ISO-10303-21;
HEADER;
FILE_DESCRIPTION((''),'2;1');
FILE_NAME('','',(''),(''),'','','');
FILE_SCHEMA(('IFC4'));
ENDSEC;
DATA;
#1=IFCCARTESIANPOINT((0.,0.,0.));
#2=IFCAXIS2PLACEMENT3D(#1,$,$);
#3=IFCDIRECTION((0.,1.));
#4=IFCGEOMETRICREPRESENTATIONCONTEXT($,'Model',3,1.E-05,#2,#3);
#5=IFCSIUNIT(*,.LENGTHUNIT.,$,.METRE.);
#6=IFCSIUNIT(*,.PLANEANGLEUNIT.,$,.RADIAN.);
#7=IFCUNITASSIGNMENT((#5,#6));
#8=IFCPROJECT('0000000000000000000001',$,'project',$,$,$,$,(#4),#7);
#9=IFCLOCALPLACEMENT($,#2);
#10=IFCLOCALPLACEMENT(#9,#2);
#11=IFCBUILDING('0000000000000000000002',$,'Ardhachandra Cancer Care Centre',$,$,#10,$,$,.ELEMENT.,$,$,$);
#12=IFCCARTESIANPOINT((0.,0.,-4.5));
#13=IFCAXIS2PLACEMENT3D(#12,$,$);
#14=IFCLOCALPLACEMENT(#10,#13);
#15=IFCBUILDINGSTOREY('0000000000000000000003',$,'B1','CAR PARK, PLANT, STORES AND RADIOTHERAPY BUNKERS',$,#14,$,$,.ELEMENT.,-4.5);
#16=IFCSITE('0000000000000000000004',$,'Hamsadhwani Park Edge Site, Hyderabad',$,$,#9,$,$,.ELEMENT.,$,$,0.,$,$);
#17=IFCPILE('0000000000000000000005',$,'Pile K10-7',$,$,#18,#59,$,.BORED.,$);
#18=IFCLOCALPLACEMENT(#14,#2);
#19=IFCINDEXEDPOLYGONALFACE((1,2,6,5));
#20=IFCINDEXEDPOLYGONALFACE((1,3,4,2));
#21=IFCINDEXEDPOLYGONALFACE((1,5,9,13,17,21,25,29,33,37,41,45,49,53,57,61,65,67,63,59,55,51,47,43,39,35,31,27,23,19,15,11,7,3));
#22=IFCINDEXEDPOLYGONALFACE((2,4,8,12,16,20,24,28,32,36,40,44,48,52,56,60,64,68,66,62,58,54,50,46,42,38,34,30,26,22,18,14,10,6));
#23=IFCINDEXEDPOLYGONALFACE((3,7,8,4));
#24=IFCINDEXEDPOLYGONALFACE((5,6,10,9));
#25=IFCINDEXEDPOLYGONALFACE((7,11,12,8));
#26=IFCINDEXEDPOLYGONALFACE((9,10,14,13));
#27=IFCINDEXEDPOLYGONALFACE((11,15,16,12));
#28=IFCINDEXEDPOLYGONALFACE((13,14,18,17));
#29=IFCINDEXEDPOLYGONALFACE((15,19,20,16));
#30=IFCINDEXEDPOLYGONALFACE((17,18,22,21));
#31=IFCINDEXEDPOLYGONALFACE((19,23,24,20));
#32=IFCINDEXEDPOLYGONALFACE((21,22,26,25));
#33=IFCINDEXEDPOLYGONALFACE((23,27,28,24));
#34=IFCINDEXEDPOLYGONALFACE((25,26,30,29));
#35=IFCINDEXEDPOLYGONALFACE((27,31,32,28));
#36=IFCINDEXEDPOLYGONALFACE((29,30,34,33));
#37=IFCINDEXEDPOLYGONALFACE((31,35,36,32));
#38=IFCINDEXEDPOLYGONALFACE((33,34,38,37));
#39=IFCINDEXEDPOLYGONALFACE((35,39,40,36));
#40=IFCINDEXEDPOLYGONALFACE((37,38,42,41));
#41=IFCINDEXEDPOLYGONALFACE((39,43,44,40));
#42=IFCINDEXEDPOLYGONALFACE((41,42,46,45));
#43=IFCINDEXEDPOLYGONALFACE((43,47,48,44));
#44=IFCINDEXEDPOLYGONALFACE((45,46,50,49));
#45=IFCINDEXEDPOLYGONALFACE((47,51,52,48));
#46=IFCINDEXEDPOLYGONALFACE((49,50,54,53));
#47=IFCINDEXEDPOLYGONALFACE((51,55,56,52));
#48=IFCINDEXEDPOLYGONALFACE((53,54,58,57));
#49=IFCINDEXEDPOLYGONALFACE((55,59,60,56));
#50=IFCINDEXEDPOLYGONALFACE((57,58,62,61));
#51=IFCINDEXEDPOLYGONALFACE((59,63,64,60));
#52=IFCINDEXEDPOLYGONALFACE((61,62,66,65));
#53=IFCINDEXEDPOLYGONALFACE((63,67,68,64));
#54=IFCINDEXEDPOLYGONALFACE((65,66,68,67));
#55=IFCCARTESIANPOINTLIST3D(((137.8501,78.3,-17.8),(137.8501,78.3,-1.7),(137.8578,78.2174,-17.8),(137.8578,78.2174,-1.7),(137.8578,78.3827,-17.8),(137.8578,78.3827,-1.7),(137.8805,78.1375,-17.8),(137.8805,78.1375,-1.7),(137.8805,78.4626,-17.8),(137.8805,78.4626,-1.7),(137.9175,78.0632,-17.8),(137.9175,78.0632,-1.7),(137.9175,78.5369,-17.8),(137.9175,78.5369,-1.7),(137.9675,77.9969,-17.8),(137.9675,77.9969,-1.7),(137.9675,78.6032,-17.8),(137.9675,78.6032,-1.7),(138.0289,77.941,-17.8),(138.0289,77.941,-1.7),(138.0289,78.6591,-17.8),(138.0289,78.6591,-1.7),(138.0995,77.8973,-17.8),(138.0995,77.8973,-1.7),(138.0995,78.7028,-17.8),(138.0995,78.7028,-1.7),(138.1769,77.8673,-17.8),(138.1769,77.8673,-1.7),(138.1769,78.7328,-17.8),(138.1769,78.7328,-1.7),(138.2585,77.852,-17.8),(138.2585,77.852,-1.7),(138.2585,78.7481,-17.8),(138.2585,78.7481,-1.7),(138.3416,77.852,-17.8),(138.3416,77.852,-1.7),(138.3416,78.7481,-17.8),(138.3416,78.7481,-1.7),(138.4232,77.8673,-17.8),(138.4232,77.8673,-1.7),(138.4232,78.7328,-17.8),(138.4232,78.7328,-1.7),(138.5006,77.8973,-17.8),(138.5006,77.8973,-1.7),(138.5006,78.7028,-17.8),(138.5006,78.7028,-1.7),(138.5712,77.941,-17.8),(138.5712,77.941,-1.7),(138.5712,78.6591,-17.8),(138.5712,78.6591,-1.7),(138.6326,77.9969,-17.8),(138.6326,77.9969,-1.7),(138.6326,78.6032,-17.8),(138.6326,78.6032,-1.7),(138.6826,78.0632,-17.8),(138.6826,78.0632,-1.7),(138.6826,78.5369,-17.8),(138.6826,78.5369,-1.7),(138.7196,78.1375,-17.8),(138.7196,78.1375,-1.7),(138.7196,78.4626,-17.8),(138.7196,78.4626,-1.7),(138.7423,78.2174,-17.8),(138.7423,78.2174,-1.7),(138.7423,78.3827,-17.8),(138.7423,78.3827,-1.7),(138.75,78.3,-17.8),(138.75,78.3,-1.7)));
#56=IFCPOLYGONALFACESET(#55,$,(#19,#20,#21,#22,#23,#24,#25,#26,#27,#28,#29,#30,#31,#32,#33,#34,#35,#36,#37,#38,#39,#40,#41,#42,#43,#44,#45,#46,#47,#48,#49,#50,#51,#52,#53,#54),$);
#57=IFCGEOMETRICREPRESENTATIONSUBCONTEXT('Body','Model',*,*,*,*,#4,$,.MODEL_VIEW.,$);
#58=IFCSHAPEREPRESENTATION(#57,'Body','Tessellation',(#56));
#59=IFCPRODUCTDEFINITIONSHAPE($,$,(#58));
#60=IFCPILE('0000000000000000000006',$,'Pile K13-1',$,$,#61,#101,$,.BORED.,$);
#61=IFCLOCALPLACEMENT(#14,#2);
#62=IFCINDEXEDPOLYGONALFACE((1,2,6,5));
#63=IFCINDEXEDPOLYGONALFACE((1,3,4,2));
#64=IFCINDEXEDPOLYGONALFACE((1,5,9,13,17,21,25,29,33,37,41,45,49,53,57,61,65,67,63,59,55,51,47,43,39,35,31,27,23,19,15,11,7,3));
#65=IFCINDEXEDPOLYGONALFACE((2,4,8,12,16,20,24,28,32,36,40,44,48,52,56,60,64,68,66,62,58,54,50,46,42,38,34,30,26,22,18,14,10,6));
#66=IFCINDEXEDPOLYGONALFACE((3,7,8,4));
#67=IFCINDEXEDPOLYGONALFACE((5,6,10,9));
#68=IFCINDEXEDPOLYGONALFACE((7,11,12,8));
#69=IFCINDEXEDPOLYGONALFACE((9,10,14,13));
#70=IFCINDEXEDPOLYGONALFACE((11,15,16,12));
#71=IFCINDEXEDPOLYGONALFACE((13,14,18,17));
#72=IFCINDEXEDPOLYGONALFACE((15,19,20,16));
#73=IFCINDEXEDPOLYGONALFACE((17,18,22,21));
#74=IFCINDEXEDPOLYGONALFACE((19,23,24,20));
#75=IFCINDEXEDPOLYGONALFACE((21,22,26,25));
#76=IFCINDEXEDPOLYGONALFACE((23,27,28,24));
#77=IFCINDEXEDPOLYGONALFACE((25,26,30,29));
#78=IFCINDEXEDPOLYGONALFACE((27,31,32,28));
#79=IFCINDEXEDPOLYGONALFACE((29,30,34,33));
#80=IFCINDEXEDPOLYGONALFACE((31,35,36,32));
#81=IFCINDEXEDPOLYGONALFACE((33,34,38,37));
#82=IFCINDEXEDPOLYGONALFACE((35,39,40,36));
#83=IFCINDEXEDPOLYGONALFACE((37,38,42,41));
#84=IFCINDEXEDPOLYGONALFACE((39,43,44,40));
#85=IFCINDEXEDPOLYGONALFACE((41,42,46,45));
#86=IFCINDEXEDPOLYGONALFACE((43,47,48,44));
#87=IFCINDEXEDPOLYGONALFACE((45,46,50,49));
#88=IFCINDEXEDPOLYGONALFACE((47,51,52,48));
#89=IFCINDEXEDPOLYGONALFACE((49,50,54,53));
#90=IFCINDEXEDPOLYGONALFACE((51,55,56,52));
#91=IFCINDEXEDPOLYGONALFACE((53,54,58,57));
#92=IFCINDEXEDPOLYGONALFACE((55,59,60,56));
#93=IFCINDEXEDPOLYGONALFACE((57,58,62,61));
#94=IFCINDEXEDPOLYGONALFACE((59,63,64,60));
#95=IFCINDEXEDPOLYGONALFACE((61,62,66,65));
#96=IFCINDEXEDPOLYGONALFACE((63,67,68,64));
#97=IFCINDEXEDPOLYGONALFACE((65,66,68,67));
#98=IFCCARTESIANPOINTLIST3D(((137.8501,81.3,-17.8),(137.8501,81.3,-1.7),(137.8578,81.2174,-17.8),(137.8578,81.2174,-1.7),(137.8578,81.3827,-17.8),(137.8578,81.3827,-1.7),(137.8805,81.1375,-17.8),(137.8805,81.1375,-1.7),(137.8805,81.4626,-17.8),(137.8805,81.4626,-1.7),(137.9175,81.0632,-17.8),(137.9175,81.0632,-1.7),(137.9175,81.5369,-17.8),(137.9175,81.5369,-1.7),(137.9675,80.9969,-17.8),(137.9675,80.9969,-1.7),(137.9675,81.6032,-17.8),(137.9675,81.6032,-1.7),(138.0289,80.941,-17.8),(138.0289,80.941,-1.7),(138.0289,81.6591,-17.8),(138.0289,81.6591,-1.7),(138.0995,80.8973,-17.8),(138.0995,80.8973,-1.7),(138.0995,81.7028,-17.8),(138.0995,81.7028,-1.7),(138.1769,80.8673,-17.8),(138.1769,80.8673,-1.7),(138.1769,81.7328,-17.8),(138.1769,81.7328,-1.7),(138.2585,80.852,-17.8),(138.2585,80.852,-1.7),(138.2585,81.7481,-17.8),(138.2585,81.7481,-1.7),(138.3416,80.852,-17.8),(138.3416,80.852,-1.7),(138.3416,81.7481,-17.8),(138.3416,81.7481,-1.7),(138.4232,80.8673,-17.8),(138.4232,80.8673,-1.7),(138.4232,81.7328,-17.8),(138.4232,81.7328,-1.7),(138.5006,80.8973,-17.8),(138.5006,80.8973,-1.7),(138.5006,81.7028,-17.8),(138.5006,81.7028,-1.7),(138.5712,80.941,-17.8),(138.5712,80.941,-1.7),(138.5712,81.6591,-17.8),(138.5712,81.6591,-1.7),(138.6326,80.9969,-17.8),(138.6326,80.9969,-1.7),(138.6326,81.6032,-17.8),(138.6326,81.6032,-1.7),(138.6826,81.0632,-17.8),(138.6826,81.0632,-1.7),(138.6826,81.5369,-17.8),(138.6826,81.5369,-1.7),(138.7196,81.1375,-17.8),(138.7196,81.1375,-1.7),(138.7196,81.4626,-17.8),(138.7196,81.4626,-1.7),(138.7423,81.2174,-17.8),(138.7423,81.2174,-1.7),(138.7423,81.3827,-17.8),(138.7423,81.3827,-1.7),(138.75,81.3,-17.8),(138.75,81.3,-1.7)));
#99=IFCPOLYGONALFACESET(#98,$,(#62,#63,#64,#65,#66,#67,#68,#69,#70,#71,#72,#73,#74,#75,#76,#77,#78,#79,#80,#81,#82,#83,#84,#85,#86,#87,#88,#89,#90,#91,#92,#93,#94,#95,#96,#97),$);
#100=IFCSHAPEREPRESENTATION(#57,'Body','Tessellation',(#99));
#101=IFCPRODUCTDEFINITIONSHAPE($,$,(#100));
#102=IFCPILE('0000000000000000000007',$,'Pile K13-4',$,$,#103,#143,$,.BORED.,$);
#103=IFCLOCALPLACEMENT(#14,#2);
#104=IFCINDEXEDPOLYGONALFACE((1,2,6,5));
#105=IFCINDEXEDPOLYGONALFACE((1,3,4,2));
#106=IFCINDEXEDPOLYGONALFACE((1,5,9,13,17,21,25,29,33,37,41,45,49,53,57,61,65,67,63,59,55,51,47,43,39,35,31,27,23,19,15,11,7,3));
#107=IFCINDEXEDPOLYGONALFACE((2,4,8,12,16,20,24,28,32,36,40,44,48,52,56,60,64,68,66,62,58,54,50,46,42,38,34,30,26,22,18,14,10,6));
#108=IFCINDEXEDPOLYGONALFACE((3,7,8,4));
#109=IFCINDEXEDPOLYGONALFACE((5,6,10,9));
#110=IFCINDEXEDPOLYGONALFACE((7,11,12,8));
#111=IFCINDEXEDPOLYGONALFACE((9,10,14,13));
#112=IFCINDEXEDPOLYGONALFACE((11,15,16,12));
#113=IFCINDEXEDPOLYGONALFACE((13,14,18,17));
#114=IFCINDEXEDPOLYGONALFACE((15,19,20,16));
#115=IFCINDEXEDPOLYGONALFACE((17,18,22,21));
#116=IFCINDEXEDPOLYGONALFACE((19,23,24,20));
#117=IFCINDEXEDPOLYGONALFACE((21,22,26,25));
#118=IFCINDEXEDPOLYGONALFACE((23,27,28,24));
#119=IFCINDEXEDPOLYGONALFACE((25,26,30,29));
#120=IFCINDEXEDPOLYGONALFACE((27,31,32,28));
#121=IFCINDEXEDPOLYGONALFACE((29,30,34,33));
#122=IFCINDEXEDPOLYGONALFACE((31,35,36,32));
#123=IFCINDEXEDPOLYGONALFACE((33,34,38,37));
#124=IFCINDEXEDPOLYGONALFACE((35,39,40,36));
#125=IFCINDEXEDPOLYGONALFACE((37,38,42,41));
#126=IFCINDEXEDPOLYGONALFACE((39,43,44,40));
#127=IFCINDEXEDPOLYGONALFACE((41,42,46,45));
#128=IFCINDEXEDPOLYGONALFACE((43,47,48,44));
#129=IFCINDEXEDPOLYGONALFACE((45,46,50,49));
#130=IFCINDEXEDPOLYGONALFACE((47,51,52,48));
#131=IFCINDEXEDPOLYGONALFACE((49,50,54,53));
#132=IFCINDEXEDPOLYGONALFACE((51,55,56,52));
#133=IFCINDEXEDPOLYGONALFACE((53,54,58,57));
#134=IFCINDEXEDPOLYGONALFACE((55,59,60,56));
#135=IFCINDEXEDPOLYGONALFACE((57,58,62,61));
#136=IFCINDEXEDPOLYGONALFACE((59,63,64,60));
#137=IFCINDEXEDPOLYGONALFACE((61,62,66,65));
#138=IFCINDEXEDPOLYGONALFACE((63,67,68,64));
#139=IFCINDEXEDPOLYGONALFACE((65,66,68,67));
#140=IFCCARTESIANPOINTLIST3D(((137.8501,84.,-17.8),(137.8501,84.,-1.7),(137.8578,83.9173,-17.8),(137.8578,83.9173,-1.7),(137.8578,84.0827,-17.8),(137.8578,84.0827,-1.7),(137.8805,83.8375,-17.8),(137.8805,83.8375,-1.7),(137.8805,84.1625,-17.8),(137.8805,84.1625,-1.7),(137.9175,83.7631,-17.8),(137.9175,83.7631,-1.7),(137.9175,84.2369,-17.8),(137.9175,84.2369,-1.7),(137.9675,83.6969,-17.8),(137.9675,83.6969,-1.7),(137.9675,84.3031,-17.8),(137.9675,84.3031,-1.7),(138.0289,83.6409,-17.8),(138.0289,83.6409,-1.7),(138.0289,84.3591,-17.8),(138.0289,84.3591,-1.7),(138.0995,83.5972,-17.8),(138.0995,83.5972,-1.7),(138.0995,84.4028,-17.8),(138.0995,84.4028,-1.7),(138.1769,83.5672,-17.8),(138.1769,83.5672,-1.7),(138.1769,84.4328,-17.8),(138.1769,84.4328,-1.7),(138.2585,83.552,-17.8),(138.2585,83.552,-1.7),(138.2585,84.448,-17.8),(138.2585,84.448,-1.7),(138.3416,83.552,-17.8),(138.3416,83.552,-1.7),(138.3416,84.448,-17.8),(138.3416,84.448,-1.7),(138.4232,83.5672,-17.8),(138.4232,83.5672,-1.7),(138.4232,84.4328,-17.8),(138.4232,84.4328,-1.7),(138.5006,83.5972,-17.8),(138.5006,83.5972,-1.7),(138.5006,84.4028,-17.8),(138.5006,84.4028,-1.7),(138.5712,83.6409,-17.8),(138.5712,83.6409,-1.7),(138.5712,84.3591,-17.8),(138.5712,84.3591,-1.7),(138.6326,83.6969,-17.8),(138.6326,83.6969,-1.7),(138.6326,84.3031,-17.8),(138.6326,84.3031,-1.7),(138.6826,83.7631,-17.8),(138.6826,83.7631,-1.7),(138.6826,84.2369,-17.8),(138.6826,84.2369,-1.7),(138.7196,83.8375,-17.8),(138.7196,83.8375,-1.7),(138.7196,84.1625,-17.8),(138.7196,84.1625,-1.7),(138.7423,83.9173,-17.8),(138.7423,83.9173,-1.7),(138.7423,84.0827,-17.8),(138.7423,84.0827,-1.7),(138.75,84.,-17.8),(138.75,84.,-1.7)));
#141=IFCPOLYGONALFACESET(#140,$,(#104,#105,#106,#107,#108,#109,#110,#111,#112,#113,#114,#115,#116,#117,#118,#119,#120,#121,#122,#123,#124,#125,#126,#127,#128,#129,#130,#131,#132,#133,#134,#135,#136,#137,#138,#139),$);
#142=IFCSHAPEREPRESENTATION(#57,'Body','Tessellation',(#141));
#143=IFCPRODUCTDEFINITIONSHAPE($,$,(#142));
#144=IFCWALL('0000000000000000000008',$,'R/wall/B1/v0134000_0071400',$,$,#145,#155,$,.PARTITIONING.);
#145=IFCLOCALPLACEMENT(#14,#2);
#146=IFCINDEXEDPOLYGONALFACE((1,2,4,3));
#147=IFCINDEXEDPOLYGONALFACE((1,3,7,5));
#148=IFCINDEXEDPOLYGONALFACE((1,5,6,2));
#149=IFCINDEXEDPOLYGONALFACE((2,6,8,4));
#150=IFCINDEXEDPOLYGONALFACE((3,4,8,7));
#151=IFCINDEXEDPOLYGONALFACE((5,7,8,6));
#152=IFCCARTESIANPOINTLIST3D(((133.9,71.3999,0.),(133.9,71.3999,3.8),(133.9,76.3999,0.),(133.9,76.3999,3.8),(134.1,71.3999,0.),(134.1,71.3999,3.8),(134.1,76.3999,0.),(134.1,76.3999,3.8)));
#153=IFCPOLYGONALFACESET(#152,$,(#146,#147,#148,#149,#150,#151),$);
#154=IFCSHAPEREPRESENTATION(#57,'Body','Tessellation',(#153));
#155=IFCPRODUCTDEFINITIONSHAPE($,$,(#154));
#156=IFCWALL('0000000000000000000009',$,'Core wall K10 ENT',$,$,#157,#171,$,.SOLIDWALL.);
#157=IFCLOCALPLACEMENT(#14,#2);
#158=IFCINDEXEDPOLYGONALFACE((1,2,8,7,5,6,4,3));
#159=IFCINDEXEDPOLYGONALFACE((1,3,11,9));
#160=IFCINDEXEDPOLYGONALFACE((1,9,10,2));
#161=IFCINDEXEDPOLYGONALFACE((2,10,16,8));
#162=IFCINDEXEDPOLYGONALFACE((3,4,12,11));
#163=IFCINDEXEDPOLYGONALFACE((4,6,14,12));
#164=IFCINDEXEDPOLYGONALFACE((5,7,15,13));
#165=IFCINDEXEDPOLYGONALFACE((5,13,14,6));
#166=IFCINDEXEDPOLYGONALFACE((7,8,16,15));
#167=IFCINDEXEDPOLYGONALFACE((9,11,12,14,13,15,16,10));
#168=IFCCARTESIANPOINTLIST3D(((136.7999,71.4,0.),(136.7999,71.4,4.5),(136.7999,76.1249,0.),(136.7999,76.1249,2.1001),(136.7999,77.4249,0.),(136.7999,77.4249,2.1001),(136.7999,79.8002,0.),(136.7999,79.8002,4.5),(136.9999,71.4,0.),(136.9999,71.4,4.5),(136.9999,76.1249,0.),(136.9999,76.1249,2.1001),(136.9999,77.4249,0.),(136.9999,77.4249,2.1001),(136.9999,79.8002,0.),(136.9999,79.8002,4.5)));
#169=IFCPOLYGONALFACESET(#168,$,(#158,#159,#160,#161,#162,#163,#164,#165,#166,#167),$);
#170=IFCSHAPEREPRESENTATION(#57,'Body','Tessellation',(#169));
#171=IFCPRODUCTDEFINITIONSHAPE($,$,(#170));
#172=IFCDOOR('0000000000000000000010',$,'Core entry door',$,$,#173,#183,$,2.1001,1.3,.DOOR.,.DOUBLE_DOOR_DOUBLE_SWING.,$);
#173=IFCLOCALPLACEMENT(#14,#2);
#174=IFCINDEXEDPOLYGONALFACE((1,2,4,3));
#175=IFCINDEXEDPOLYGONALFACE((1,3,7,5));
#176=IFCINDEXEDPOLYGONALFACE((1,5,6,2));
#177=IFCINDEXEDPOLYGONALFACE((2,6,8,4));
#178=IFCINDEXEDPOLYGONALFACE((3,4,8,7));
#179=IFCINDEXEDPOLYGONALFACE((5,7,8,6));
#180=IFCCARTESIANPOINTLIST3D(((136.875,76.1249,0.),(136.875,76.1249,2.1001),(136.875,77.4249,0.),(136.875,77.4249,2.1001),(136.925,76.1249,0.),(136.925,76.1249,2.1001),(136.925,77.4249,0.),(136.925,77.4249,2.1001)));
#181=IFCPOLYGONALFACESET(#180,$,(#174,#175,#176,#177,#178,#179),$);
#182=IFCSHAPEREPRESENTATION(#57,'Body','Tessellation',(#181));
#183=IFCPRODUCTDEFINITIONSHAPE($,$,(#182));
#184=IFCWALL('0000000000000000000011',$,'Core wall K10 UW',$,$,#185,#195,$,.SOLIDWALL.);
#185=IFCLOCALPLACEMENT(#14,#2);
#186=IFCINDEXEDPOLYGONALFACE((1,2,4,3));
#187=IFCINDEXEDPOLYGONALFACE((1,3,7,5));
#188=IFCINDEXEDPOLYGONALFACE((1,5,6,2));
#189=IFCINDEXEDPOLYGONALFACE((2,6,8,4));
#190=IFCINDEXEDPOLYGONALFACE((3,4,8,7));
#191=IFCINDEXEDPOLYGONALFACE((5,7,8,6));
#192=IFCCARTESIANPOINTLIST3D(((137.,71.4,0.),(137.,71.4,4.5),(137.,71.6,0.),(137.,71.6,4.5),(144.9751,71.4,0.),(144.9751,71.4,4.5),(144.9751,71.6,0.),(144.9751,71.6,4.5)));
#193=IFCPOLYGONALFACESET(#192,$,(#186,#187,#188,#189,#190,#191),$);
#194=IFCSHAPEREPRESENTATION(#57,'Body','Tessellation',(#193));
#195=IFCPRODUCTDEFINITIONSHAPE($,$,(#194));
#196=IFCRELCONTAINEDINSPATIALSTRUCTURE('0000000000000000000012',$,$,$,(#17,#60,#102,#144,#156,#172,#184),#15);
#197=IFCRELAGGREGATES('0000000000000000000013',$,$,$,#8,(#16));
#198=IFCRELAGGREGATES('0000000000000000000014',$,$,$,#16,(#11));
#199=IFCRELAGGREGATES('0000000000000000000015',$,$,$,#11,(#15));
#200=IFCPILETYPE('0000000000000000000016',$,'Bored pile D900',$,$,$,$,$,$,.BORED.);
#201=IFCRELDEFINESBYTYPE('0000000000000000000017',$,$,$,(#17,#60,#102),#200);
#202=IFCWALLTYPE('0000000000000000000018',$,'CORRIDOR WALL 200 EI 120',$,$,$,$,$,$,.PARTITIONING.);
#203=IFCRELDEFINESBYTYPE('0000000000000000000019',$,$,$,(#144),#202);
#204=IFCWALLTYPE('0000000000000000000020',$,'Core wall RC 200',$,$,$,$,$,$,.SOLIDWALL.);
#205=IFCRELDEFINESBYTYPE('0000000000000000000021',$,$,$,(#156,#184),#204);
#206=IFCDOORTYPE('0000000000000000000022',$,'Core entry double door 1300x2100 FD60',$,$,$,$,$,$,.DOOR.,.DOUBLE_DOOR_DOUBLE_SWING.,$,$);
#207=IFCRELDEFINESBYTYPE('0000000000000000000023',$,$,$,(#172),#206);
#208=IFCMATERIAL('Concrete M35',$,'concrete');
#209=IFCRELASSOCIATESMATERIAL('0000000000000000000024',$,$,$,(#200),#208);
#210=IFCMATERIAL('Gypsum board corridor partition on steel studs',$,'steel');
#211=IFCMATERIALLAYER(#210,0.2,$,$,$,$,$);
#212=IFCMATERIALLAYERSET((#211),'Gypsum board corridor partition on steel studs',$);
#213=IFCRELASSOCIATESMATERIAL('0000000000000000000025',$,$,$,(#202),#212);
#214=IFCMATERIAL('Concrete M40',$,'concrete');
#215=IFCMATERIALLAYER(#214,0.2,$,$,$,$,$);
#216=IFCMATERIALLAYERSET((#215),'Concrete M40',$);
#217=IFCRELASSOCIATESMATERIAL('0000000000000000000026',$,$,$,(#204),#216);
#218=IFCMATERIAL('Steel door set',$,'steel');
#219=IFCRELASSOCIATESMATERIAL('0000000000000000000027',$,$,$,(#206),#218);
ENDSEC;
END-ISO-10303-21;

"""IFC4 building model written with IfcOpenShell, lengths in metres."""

from ifc_helpers import new_model, si_unit, direction, frame, frame_2d, origin, origin_2d, place, context, subcontext, project, spatial, rectangle, circle, extrude, material, layer, layer_set, material_profile, profile_set, type_object, element, fill, save


model = new_model("IFC4")

# Units and contexts
model_context = context("Model", 3, precision=1e-05, world=origin(), true_north=direction((0.0, 1.0)))
body_context = subcontext(model_context, "Body", "Model", "MODEL_VIEW")
ifc_project = project(units=[si_unit("LENGTHUNIT", "METRE"), si_unit("PLANEANGLEUNIT", "RADIAN")], contexts=[model_context])

# Site, building, storey
site_placement = place(None, origin())
site = spatial("IfcSite", under=ifc_project, at=site_placement, Name="Hamsadhwani Park Edge Site, Hyderabad", CompositionType="ELEMENT", RefElevation=0.0)
building_placement = place(site_placement, origin())
building = spatial("IfcBuilding", under=site, at=building_placement, Name="Ardhachandra Cancer Care Centre", CompositionType="ELEMENT")
storey_placement = place(building_placement, frame((0.0, 0.0, -4.5)))
storey = spatial("IfcBuildingStorey", under=building, at=storey_placement, Name="B1", Description="CAR PARK, PLANT, STORES AND RADIOTHERAPY BUNKERS", CompositionType="ELEMENT", Elevation=-4.5)

# Piles
ifc_material_1 = material(Name="Concrete M35", Category="concrete")
ifc_material_profile_1 = material_profile(ifc_material_1, circle(Radius=0.45, at=origin_2d()), Name="D900")
ifc_profile_set_1 = profile_set([ifc_material_profile_1], Name="Concrete M35")
pile_type_1 = type_object("IfcPileType", Name="Bored pile D900", PredefinedType="BORED", material=ifc_profile_set_1)
for number, where, z_axis, x_axis, name in (
    (1, (138.3, 78.3, -1.7), (0.0, 0.0, -1.0), (1.0, 0.0, 0.0), "Pile K10-7"),
    (2, (138.3, 81.3, -1.7), (0.0, 0.0, -1.0), (1.0, 0.0, 0.0), "Pile K13-1"),
    (3, (138.3, 84.0, -1.7), (0.0, 0.0, -1.0), (1.0, 0.0, 0.0), "Pile K13-4"),
):
    element("IfcPile", number, at=place(storey_placement, frame(where, z_axis=z_axis, x_axis=x_axis)), inside=storey, type_object=pile_type_1, Name=name, PredefinedType="BORED", context=body_context, shape_type="SweptSolid", body=[
        extrude(circle(Radius=0.45, at=origin_2d()), origin(), (0.0, 0.0, 1.0), 16.1001),
    ])

# Wall
ifc_material_2 = material(Name="Gypsum board corridor partition on steel studs", Category="steel")
ifc_layer_1 = layer(ifc_material_2, 0.2)
ifc_layer_set_1 = layer_set([ifc_layer_1], Name="Gypsum board corridor partition on steel studs")
wall_type_1 = type_object("IfcWallType", Name="CORRIDOR WALL 200 EI 120", PredefinedType="PARTITIONING", material=ifc_layer_set_1)
wall_1_placement = place(storey_placement, frame((134.0, 71.3999, 0.0), z_axis=(0.0, 0.0, 1.0), x_axis=(0.0, 1.0, 0.0)))
element("IfcWall", 4, at=wall_1_placement, inside=storey, type_object=wall_type_1, Name="R/wall/B1/v0134000_0071400", PredefinedType="PARTITIONING", context=body_context, shape_type="SweptSolid", body=[
    extrude(rectangle(XDim=5.0, YDim=0.2, at=frame_2d((2.5, 0.0))), origin(), (0.0, 0.0, 1.0), 3.8),
])

# Wall, opening, door
ifc_material_3 = material(Name="Concrete M40", Category="concrete")
ifc_layer_2 = layer(ifc_material_3, 0.2)
ifc_layer_set_2 = layer_set([ifc_layer_2], Name="Concrete M40")
wall_type_2 = type_object("IfcWallType", Name="Core wall RC 200", PredefinedType="SOLIDWALL", material=ifc_layer_set_2)
wall_2_placement = place(storey_placement, frame((136.8999, 71.3999, 0.0), z_axis=(0.0, 0.0, 1.0), x_axis=(0.0, 1.0, 0.0)))
wall_2 = element("IfcWall", 5, at=wall_2_placement, inside=storey, type_object=wall_type_2, Name="Core wall K10 ENT", PredefinedType="SOLIDWALL", context=body_context, shape_type="SweptSolid", body=[
    extrude(rectangle(XDim=8.4001, YDim=0.2, at=frame_2d((4.2002, 0.0))), origin(), (0.0, 0.0, 1.0), 4.5),
])
opening_1_placement = place(wall_2_placement, frame((4.7251, 0.0, 0.0)))
opening_1 = element("IfcOpeningElement", 6, at=opening_1_placement, cuts=wall_2, PredefinedType="OPENING", context=body_context, shape_type="SweptSolid", body=[
    extrude(rectangle(XDim=1.3, YDim=2.1001, at=frame_2d((0.6499, 1.05))), frame((0.0, 0.1099, 0.0), z_axis=(0.0, -1.0, 0.0), x_axis=(1.0, 0.0, 0.0)), (0.0, 0.0, 1.0), 0.22),
])
ifc_material_4 = material(Name="Steel door set", Category="steel")
door_type_1 = type_object("IfcDoorType", Name="Core entry double door 1300x2100 FD60", OperationType="DOUBLE_DOOR_DOUBLE_SWING", PredefinedType="DOOR", material=ifc_material_4)
door_1_placement = place(opening_1_placement, origin())
door_1 = element("IfcDoor", 7, at=door_1_placement, inside=storey, type_object=door_type_1, Name="Core entry door", OperationType="DOUBLE_DOOR_DOUBLE_SWING", OverallHeight=2.1001, OverallWidth=1.3, PredefinedType="DOOR", context=body_context, shape_type="SweptSolid", body=[
    extrude(rectangle(XDim=1.3, YDim=2.1001, at=frame_2d((0.6499, 1.05))), frame((0.0, 0.0249, 0.0), z_axis=(0.0, -1.0, 0.0), x_axis=(1.0, 0.0, 0.0)), (0.0, 0.0, 1.0), 0.05),
])
fill(opening_1, door_1)

# Wall
for number, where, z_axis, x_axis, name in (
    (8, (137.0, 71.5, 0.0), (0.0, 0.0, 1.0), (1.0, 0.0, 0.0), "Core wall K10 UW"),
):
    element("IfcWall", number, at=place(storey_placement, frame(where, z_axis=z_axis, x_axis=x_axis)), inside=storey, type_object=wall_type_2, Name=name, PredefinedType="SOLIDWALL", context=body_context, shape_type="SweptSolid", body=[
        extrude(rectangle(XDim=7.9751, YDim=0.2, at=frame_2d((3.9875, 0.0))), origin(), (0.0, 0.0, 1.0), 4.5),
    ])

save(model, "model.ifc")
